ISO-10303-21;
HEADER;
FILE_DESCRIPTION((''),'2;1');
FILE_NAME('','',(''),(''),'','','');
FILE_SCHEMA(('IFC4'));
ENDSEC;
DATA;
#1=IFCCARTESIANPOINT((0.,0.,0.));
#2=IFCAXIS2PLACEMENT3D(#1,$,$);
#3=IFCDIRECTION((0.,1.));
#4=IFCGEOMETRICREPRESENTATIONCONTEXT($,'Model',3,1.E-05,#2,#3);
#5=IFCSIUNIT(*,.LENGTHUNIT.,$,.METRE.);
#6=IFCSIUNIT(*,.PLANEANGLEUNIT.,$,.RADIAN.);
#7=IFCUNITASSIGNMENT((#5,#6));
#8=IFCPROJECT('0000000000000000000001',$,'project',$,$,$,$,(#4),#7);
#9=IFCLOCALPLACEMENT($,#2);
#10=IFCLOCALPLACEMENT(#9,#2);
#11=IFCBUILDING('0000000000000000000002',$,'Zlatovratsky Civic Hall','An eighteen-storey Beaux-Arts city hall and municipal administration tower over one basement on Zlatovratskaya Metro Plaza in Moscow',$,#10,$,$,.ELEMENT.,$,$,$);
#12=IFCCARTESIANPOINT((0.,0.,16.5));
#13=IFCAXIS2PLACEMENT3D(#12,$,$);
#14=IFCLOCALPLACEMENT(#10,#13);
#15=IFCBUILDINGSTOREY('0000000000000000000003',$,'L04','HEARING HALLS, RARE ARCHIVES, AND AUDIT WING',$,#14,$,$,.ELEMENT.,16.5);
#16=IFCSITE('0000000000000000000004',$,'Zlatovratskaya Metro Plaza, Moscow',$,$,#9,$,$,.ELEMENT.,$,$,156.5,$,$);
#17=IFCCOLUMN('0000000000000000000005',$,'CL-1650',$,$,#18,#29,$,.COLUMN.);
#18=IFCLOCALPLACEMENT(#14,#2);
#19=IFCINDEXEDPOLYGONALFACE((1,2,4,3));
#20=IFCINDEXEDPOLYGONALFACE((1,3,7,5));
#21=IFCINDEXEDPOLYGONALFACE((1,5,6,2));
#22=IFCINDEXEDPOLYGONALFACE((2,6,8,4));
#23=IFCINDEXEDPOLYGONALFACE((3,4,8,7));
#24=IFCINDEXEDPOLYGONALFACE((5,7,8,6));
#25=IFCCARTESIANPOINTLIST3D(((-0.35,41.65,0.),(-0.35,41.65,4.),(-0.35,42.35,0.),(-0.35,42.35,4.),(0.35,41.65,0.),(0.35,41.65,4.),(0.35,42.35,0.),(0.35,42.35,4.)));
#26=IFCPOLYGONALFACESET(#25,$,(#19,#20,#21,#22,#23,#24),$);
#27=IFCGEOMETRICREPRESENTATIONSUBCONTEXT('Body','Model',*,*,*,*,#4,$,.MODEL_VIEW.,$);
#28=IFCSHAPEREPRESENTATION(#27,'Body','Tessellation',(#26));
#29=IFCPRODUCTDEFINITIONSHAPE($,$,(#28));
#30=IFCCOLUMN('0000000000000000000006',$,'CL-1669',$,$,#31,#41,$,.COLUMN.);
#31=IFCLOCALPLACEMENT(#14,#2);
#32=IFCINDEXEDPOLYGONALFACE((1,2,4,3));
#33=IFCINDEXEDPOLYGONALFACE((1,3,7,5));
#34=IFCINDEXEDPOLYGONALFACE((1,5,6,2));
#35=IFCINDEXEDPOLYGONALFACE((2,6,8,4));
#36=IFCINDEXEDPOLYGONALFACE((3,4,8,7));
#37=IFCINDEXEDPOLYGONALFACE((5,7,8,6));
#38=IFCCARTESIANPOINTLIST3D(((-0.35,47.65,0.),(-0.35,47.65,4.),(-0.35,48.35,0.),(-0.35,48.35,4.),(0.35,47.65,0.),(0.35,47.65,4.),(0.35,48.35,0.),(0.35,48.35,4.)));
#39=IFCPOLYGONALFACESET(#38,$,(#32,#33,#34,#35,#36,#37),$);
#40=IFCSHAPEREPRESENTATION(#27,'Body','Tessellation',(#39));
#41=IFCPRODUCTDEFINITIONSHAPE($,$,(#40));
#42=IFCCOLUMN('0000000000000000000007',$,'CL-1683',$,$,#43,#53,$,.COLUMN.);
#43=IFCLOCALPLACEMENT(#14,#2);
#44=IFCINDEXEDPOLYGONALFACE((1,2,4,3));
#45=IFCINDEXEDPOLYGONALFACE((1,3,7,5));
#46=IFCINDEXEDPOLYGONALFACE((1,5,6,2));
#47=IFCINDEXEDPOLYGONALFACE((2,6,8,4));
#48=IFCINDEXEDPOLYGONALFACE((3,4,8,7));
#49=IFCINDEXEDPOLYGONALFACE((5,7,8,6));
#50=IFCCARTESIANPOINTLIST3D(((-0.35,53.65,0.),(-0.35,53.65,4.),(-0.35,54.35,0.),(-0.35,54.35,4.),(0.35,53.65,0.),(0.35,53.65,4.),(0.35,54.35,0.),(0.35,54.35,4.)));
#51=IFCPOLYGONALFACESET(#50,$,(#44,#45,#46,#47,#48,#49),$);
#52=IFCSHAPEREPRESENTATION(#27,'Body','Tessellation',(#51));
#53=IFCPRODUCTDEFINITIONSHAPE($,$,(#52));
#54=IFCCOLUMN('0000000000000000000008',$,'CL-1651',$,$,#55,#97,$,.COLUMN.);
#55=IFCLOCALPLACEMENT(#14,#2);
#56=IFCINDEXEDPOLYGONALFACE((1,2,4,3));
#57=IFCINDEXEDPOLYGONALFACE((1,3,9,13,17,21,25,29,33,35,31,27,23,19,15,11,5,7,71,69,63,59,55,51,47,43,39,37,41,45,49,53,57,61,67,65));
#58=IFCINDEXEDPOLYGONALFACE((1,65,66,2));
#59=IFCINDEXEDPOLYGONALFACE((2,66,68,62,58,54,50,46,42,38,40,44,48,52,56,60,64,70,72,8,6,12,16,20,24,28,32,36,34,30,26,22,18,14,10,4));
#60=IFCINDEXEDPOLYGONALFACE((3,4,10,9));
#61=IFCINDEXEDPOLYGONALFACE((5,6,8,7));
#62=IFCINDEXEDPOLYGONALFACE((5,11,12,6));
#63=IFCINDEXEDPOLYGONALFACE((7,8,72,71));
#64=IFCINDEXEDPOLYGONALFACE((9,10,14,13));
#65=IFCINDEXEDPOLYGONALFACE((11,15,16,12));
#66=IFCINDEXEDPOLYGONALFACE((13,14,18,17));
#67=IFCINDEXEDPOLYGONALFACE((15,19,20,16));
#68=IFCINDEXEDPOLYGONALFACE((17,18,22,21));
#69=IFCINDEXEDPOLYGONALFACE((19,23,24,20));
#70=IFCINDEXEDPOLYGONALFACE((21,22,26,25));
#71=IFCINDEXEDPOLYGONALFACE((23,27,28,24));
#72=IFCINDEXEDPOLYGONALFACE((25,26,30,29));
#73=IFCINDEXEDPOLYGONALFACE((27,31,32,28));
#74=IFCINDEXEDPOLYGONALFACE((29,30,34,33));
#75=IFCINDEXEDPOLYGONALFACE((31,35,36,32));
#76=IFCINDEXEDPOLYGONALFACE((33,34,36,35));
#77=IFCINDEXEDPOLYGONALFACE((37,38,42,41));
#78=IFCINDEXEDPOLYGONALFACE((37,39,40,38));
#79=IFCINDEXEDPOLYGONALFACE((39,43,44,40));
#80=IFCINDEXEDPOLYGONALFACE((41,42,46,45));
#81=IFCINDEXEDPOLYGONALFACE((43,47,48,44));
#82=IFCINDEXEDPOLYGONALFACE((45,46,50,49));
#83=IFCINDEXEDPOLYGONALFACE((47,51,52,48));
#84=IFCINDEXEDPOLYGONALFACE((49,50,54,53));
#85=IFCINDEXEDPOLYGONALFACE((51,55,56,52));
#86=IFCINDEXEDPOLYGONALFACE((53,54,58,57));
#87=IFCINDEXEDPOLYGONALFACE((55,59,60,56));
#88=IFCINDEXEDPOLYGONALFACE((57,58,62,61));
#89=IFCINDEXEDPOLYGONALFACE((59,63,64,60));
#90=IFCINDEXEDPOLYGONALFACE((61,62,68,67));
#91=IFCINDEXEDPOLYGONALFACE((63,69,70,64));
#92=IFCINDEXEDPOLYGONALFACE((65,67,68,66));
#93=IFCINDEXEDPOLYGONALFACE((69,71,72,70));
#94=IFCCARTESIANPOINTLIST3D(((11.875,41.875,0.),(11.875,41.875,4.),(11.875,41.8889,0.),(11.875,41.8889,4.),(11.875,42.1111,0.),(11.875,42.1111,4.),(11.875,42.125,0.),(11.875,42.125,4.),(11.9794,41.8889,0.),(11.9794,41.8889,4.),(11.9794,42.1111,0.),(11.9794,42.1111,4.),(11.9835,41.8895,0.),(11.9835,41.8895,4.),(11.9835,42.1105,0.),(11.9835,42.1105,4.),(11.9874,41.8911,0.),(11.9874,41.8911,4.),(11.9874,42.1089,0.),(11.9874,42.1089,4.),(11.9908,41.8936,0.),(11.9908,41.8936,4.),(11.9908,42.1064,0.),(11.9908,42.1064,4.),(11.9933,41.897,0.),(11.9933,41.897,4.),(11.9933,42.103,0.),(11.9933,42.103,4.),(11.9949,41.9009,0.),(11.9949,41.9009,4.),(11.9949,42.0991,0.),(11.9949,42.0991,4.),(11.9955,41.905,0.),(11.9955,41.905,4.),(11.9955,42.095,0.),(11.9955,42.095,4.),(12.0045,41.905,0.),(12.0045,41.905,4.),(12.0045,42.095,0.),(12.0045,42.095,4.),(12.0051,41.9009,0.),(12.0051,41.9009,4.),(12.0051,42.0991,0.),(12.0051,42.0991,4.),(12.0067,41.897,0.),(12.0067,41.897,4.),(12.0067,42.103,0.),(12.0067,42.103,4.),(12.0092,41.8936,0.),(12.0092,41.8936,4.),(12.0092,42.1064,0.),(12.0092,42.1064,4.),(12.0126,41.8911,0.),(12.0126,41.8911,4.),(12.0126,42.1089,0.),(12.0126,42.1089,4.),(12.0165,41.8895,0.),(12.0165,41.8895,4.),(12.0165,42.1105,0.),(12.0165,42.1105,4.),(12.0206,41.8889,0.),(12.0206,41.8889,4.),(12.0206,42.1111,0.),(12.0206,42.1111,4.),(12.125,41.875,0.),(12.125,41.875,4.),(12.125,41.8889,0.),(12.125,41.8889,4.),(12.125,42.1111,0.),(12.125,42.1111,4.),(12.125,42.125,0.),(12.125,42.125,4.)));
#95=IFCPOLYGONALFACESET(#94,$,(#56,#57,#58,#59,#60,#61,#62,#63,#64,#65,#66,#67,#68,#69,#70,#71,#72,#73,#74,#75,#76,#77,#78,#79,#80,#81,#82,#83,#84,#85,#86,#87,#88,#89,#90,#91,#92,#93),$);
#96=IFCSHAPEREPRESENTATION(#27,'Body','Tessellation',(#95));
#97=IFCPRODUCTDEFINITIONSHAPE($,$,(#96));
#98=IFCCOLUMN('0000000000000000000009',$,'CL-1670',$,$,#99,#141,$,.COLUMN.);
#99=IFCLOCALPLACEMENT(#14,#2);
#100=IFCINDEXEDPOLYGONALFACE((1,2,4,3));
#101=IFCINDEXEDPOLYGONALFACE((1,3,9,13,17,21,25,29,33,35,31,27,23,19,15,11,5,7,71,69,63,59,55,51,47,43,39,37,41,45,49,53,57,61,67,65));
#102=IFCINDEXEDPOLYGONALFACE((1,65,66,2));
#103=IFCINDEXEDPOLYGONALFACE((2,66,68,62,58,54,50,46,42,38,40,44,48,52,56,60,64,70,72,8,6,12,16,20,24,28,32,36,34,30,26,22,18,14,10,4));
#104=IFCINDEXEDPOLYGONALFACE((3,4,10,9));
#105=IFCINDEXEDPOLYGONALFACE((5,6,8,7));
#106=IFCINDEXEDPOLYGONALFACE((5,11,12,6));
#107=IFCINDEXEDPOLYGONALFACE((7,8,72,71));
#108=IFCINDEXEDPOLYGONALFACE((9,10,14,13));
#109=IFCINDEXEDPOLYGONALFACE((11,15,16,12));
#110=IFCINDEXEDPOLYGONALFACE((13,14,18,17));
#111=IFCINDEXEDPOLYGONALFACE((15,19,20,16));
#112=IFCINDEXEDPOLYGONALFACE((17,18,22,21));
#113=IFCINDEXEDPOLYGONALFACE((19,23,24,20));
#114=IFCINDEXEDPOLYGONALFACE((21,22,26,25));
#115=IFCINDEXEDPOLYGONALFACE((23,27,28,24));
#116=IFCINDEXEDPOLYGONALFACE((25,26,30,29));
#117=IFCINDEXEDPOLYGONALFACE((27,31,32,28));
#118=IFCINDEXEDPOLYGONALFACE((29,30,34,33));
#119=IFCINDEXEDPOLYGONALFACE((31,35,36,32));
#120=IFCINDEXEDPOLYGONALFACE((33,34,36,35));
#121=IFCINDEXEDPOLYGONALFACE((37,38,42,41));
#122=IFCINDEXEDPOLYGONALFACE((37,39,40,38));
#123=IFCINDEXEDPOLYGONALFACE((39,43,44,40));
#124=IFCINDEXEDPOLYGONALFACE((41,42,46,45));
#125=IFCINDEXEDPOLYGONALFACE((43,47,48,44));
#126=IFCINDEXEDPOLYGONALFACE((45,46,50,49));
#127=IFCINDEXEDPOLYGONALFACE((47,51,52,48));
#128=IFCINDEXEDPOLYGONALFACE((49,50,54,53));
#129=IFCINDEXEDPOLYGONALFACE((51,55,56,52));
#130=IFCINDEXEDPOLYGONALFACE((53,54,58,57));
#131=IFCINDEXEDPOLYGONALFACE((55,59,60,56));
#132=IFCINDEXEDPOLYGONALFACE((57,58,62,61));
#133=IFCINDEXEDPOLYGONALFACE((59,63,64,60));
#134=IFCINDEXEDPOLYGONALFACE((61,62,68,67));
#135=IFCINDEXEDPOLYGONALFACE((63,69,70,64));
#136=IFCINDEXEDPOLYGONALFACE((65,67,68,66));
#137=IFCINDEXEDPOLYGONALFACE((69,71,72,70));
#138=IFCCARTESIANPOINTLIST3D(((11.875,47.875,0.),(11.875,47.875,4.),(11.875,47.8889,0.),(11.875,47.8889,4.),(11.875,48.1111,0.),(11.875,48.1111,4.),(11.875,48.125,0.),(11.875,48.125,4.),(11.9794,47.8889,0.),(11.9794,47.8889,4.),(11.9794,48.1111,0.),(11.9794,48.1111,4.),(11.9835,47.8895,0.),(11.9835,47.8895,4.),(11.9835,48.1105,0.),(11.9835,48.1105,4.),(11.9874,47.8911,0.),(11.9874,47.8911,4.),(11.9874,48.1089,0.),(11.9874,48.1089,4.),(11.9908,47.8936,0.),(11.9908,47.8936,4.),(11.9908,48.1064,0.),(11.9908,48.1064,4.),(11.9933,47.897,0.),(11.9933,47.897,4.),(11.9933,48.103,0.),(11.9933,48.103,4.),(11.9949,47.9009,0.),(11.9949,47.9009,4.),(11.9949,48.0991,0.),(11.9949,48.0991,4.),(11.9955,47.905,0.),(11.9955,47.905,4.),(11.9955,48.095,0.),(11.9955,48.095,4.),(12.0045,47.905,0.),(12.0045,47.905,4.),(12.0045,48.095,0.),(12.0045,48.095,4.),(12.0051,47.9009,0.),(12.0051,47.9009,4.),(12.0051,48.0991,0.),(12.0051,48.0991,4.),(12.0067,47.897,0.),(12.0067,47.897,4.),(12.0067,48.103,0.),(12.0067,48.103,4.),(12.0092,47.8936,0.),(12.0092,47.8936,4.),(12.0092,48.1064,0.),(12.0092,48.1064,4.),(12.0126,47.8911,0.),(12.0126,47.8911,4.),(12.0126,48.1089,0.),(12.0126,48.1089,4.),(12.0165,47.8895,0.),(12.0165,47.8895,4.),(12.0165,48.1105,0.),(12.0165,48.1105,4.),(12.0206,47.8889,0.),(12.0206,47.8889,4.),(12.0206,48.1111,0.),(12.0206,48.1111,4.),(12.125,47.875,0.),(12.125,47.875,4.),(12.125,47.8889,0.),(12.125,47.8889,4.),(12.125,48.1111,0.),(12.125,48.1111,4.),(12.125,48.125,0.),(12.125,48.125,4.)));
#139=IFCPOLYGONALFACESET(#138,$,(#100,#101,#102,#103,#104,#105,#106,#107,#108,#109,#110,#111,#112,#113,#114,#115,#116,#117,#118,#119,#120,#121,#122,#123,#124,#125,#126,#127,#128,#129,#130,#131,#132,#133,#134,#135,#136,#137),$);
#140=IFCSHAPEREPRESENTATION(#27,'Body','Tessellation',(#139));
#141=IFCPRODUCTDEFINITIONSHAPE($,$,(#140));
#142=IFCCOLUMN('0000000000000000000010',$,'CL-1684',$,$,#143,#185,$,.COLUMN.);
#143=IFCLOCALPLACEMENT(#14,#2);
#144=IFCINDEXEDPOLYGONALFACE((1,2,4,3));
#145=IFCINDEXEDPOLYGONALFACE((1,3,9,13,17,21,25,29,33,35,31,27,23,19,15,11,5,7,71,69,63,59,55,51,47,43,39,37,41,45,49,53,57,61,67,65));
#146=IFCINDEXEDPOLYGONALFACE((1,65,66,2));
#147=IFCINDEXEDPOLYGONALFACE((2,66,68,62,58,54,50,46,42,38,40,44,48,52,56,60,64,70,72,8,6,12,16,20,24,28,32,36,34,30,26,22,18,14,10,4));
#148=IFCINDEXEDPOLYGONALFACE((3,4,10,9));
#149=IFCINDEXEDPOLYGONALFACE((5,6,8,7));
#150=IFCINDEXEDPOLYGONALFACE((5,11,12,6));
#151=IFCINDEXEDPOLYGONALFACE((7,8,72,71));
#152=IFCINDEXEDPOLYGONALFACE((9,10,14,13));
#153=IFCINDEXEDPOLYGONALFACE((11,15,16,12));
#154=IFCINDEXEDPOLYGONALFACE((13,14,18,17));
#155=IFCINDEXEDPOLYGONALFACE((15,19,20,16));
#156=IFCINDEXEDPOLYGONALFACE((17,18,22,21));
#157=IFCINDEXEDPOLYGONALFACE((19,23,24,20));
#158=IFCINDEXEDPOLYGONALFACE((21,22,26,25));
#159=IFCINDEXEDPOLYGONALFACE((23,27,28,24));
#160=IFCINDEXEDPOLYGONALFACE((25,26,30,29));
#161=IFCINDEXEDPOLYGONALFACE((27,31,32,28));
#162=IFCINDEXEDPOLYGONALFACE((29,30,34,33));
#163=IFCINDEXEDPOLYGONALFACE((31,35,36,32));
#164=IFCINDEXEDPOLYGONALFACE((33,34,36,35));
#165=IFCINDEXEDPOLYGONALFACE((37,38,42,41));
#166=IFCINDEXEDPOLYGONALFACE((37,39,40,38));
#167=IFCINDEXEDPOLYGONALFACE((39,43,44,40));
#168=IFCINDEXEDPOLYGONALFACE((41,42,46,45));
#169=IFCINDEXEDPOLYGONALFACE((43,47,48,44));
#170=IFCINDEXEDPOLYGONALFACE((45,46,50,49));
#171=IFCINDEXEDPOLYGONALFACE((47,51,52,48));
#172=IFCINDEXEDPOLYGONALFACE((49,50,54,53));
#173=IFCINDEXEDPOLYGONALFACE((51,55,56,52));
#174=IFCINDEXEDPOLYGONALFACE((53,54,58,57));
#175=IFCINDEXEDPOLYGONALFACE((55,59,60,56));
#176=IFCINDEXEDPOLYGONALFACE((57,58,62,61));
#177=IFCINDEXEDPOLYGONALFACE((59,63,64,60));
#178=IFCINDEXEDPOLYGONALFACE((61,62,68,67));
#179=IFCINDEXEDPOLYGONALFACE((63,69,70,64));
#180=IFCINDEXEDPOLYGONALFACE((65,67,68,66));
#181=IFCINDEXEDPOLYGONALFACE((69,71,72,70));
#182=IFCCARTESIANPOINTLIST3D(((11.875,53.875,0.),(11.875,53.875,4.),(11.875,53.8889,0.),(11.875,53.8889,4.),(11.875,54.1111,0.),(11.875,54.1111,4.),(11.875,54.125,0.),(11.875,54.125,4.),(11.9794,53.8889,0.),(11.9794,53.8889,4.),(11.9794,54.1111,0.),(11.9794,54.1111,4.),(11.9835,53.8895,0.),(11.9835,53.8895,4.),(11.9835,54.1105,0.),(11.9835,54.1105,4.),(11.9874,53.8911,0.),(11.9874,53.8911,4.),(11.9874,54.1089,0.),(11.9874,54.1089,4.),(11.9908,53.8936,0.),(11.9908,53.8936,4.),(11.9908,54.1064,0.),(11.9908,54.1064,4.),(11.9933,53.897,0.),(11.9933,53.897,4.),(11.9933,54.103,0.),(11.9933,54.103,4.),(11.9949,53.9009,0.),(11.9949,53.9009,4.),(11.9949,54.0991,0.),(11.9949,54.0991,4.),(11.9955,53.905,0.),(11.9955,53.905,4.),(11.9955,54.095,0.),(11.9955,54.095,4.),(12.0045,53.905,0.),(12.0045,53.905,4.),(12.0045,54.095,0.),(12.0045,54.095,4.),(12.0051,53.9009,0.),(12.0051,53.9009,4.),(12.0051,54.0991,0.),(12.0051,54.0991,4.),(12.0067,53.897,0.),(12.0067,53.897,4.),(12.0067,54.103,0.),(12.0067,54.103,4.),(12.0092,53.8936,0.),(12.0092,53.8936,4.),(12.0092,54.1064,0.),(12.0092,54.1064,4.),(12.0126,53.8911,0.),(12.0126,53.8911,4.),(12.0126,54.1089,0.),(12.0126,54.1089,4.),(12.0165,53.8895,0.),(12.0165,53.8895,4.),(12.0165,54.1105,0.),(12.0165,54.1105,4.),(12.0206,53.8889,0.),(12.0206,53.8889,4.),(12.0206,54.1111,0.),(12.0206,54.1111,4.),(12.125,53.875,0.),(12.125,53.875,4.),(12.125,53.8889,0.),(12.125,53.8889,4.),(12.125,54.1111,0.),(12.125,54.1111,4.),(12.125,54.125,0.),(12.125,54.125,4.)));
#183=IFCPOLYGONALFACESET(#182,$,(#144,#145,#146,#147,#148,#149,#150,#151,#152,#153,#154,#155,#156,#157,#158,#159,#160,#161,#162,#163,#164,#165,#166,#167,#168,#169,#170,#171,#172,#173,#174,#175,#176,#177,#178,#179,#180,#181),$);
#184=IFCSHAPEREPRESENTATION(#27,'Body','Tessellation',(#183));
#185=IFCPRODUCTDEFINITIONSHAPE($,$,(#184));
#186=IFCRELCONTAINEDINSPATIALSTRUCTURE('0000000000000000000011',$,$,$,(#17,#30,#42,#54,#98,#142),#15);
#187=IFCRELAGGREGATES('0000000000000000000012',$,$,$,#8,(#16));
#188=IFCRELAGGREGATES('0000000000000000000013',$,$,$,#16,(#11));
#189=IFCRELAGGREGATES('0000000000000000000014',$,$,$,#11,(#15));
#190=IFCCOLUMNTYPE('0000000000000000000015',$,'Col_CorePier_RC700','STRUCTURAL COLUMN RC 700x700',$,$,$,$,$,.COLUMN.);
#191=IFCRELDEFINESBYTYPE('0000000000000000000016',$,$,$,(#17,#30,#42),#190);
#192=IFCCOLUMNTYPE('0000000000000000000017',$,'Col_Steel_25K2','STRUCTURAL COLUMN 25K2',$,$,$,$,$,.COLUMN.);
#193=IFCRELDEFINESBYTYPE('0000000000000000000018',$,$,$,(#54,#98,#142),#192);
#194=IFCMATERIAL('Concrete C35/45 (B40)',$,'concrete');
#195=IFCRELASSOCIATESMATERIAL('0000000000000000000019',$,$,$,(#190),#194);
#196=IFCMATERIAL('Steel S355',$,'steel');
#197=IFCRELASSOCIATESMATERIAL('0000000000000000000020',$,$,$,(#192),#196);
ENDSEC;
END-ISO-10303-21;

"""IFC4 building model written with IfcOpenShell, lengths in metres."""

from ifc_helpers import new_model, si_unit, direction, frame, origin, origin_2d, place, context, subcontext, project, spatial, rectangle, i_section, extrude, material, material_profile, profile_set, type_object, element, save


model = new_model("IFC4")

# Units and contexts
model_context = context("Model", 3, precision=1e-05, world=origin(), true_north=direction((0.0, 1.0)))
body_context = subcontext(model_context, "Body", "Model", "MODEL_VIEW")
ifc_project = project(units=[si_unit("LENGTHUNIT", "METRE"), si_unit("PLANEANGLEUNIT", "RADIAN")], contexts=[model_context])

# Site, building, storey
site_placement = place(None, origin())
site = spatial("IfcSite", under=ifc_project, at=site_placement, Name="Zlatovratskaya Metro Plaza, Moscow", CompositionType="ELEMENT", RefElevation=156.5)
building_placement = place(site_placement, origin())
building = spatial("IfcBuilding", under=site, at=building_placement, Name="Zlatovratsky Civic Hall", Description="An eighteen-storey Beaux-Arts city hall and municipal administration tower over one basement on Zlatovratskaya Metro Plaza in Moscow", CompositionType="ELEMENT")
storey_placement = place(building_placement, frame((0.0, 0.0, 16.5)))
storey = spatial("IfcBuildingStorey", under=building, at=storey_placement, Name="L04", Description="HEARING HALLS, RARE ARCHIVES, AND AUDIT WING", CompositionType="ELEMENT", Elevation=16.5)

# Columns
ifc_material_1 = material(Name="Concrete C35/45 (B40)", Category="concrete")
ifc_material_profile_1 = material_profile(ifc_material_1, rectangle(XDim=0.7, YDim=0.7, at=origin_2d()), Name="RC 700x700")
ifc_profile_set_1 = profile_set([ifc_material_profile_1], Name="Concrete C35/45 (B40)")
column_type_1 = type_object("IfcColumnType", Name="Col_CorePier_RC700", Description="STRUCTURAL COLUMN RC 700x700", PredefinedType="COLUMN", material=ifc_profile_set_1)
for number, where, z_axis, x_axis, name in (
    (1, (0.0, 42.0, 0.0), (0.0, 0.0, 1.0), (1.0, 0.0, 0.0), "CL-1650"),
    (2, (0.0, 48.0, 0.0), (0.0, 0.0, 1.0), (1.0, 0.0, 0.0), "CL-1669"),
    (3, (0.0, 54.0, 0.0), (0.0, 0.0, 1.0), (1.0, 0.0, 0.0), "CL-1683"),
):
    element("IfcColumn", number, at=place(storey_placement, frame(where, z_axis=z_axis, x_axis=x_axis)), inside=storey, type_object=column_type_1, Name=name, PredefinedType="COLUMN", context=body_context, shape_type="SweptSolid", body=[
        extrude(rectangle(XDim=0.7, YDim=0.7, at=origin_2d()), origin(), (0.0, 0.0, 1.0), 4.0),
    ])
ifc_material_2 = material(Name="Steel S355", Category="steel")
ifc_material_profile_2 = material_profile(ifc_material_2, i_section(OverallWidth=0.25, OverallDepth=0.25, WebThickness=0.009, FlangeThickness=0.0139, FilletRadius=0.0161, at=origin_2d()), Name="25K2")
ifc_profile_set_2 = profile_set([ifc_material_profile_2], Name="Steel S355")
column_type_2 = type_object("IfcColumnType", Name="Col_Steel_25K2", Description="STRUCTURAL COLUMN 25K2", PredefinedType="COLUMN", material=ifc_profile_set_2)
for number, where, z_axis, x_axis, name in (
    (4, (12.0, 42.0, 0.0), (0.0, 0.0, 1.0), (1.0, 0.0, 0.0), "CL-1651"),
    (5, (12.0, 48.0, 0.0), (0.0, 0.0, 1.0), (1.0, 0.0, 0.0), "CL-1670"),
    (6, (12.0, 54.0, 0.0), (0.0, 0.0, 1.0), (1.0, 0.0, 0.0), "CL-1684"),
):
    element("IfcColumn", number, at=place(storey_placement, frame(where, z_axis=z_axis, x_axis=x_axis)), inside=storey, type_object=column_type_2, Name=name, PredefinedType="COLUMN", context=body_context, shape_type="SweptSolid", body=[
        extrude(i_section(OverallWidth=0.25, OverallDepth=0.25, WebThickness=0.009, FlangeThickness=0.0139, FilletRadius=0.0161, at=origin_2d()), origin(), (0.0, 0.0, 1.0), 4.0),
    ])

save(model, "model.ifc")
